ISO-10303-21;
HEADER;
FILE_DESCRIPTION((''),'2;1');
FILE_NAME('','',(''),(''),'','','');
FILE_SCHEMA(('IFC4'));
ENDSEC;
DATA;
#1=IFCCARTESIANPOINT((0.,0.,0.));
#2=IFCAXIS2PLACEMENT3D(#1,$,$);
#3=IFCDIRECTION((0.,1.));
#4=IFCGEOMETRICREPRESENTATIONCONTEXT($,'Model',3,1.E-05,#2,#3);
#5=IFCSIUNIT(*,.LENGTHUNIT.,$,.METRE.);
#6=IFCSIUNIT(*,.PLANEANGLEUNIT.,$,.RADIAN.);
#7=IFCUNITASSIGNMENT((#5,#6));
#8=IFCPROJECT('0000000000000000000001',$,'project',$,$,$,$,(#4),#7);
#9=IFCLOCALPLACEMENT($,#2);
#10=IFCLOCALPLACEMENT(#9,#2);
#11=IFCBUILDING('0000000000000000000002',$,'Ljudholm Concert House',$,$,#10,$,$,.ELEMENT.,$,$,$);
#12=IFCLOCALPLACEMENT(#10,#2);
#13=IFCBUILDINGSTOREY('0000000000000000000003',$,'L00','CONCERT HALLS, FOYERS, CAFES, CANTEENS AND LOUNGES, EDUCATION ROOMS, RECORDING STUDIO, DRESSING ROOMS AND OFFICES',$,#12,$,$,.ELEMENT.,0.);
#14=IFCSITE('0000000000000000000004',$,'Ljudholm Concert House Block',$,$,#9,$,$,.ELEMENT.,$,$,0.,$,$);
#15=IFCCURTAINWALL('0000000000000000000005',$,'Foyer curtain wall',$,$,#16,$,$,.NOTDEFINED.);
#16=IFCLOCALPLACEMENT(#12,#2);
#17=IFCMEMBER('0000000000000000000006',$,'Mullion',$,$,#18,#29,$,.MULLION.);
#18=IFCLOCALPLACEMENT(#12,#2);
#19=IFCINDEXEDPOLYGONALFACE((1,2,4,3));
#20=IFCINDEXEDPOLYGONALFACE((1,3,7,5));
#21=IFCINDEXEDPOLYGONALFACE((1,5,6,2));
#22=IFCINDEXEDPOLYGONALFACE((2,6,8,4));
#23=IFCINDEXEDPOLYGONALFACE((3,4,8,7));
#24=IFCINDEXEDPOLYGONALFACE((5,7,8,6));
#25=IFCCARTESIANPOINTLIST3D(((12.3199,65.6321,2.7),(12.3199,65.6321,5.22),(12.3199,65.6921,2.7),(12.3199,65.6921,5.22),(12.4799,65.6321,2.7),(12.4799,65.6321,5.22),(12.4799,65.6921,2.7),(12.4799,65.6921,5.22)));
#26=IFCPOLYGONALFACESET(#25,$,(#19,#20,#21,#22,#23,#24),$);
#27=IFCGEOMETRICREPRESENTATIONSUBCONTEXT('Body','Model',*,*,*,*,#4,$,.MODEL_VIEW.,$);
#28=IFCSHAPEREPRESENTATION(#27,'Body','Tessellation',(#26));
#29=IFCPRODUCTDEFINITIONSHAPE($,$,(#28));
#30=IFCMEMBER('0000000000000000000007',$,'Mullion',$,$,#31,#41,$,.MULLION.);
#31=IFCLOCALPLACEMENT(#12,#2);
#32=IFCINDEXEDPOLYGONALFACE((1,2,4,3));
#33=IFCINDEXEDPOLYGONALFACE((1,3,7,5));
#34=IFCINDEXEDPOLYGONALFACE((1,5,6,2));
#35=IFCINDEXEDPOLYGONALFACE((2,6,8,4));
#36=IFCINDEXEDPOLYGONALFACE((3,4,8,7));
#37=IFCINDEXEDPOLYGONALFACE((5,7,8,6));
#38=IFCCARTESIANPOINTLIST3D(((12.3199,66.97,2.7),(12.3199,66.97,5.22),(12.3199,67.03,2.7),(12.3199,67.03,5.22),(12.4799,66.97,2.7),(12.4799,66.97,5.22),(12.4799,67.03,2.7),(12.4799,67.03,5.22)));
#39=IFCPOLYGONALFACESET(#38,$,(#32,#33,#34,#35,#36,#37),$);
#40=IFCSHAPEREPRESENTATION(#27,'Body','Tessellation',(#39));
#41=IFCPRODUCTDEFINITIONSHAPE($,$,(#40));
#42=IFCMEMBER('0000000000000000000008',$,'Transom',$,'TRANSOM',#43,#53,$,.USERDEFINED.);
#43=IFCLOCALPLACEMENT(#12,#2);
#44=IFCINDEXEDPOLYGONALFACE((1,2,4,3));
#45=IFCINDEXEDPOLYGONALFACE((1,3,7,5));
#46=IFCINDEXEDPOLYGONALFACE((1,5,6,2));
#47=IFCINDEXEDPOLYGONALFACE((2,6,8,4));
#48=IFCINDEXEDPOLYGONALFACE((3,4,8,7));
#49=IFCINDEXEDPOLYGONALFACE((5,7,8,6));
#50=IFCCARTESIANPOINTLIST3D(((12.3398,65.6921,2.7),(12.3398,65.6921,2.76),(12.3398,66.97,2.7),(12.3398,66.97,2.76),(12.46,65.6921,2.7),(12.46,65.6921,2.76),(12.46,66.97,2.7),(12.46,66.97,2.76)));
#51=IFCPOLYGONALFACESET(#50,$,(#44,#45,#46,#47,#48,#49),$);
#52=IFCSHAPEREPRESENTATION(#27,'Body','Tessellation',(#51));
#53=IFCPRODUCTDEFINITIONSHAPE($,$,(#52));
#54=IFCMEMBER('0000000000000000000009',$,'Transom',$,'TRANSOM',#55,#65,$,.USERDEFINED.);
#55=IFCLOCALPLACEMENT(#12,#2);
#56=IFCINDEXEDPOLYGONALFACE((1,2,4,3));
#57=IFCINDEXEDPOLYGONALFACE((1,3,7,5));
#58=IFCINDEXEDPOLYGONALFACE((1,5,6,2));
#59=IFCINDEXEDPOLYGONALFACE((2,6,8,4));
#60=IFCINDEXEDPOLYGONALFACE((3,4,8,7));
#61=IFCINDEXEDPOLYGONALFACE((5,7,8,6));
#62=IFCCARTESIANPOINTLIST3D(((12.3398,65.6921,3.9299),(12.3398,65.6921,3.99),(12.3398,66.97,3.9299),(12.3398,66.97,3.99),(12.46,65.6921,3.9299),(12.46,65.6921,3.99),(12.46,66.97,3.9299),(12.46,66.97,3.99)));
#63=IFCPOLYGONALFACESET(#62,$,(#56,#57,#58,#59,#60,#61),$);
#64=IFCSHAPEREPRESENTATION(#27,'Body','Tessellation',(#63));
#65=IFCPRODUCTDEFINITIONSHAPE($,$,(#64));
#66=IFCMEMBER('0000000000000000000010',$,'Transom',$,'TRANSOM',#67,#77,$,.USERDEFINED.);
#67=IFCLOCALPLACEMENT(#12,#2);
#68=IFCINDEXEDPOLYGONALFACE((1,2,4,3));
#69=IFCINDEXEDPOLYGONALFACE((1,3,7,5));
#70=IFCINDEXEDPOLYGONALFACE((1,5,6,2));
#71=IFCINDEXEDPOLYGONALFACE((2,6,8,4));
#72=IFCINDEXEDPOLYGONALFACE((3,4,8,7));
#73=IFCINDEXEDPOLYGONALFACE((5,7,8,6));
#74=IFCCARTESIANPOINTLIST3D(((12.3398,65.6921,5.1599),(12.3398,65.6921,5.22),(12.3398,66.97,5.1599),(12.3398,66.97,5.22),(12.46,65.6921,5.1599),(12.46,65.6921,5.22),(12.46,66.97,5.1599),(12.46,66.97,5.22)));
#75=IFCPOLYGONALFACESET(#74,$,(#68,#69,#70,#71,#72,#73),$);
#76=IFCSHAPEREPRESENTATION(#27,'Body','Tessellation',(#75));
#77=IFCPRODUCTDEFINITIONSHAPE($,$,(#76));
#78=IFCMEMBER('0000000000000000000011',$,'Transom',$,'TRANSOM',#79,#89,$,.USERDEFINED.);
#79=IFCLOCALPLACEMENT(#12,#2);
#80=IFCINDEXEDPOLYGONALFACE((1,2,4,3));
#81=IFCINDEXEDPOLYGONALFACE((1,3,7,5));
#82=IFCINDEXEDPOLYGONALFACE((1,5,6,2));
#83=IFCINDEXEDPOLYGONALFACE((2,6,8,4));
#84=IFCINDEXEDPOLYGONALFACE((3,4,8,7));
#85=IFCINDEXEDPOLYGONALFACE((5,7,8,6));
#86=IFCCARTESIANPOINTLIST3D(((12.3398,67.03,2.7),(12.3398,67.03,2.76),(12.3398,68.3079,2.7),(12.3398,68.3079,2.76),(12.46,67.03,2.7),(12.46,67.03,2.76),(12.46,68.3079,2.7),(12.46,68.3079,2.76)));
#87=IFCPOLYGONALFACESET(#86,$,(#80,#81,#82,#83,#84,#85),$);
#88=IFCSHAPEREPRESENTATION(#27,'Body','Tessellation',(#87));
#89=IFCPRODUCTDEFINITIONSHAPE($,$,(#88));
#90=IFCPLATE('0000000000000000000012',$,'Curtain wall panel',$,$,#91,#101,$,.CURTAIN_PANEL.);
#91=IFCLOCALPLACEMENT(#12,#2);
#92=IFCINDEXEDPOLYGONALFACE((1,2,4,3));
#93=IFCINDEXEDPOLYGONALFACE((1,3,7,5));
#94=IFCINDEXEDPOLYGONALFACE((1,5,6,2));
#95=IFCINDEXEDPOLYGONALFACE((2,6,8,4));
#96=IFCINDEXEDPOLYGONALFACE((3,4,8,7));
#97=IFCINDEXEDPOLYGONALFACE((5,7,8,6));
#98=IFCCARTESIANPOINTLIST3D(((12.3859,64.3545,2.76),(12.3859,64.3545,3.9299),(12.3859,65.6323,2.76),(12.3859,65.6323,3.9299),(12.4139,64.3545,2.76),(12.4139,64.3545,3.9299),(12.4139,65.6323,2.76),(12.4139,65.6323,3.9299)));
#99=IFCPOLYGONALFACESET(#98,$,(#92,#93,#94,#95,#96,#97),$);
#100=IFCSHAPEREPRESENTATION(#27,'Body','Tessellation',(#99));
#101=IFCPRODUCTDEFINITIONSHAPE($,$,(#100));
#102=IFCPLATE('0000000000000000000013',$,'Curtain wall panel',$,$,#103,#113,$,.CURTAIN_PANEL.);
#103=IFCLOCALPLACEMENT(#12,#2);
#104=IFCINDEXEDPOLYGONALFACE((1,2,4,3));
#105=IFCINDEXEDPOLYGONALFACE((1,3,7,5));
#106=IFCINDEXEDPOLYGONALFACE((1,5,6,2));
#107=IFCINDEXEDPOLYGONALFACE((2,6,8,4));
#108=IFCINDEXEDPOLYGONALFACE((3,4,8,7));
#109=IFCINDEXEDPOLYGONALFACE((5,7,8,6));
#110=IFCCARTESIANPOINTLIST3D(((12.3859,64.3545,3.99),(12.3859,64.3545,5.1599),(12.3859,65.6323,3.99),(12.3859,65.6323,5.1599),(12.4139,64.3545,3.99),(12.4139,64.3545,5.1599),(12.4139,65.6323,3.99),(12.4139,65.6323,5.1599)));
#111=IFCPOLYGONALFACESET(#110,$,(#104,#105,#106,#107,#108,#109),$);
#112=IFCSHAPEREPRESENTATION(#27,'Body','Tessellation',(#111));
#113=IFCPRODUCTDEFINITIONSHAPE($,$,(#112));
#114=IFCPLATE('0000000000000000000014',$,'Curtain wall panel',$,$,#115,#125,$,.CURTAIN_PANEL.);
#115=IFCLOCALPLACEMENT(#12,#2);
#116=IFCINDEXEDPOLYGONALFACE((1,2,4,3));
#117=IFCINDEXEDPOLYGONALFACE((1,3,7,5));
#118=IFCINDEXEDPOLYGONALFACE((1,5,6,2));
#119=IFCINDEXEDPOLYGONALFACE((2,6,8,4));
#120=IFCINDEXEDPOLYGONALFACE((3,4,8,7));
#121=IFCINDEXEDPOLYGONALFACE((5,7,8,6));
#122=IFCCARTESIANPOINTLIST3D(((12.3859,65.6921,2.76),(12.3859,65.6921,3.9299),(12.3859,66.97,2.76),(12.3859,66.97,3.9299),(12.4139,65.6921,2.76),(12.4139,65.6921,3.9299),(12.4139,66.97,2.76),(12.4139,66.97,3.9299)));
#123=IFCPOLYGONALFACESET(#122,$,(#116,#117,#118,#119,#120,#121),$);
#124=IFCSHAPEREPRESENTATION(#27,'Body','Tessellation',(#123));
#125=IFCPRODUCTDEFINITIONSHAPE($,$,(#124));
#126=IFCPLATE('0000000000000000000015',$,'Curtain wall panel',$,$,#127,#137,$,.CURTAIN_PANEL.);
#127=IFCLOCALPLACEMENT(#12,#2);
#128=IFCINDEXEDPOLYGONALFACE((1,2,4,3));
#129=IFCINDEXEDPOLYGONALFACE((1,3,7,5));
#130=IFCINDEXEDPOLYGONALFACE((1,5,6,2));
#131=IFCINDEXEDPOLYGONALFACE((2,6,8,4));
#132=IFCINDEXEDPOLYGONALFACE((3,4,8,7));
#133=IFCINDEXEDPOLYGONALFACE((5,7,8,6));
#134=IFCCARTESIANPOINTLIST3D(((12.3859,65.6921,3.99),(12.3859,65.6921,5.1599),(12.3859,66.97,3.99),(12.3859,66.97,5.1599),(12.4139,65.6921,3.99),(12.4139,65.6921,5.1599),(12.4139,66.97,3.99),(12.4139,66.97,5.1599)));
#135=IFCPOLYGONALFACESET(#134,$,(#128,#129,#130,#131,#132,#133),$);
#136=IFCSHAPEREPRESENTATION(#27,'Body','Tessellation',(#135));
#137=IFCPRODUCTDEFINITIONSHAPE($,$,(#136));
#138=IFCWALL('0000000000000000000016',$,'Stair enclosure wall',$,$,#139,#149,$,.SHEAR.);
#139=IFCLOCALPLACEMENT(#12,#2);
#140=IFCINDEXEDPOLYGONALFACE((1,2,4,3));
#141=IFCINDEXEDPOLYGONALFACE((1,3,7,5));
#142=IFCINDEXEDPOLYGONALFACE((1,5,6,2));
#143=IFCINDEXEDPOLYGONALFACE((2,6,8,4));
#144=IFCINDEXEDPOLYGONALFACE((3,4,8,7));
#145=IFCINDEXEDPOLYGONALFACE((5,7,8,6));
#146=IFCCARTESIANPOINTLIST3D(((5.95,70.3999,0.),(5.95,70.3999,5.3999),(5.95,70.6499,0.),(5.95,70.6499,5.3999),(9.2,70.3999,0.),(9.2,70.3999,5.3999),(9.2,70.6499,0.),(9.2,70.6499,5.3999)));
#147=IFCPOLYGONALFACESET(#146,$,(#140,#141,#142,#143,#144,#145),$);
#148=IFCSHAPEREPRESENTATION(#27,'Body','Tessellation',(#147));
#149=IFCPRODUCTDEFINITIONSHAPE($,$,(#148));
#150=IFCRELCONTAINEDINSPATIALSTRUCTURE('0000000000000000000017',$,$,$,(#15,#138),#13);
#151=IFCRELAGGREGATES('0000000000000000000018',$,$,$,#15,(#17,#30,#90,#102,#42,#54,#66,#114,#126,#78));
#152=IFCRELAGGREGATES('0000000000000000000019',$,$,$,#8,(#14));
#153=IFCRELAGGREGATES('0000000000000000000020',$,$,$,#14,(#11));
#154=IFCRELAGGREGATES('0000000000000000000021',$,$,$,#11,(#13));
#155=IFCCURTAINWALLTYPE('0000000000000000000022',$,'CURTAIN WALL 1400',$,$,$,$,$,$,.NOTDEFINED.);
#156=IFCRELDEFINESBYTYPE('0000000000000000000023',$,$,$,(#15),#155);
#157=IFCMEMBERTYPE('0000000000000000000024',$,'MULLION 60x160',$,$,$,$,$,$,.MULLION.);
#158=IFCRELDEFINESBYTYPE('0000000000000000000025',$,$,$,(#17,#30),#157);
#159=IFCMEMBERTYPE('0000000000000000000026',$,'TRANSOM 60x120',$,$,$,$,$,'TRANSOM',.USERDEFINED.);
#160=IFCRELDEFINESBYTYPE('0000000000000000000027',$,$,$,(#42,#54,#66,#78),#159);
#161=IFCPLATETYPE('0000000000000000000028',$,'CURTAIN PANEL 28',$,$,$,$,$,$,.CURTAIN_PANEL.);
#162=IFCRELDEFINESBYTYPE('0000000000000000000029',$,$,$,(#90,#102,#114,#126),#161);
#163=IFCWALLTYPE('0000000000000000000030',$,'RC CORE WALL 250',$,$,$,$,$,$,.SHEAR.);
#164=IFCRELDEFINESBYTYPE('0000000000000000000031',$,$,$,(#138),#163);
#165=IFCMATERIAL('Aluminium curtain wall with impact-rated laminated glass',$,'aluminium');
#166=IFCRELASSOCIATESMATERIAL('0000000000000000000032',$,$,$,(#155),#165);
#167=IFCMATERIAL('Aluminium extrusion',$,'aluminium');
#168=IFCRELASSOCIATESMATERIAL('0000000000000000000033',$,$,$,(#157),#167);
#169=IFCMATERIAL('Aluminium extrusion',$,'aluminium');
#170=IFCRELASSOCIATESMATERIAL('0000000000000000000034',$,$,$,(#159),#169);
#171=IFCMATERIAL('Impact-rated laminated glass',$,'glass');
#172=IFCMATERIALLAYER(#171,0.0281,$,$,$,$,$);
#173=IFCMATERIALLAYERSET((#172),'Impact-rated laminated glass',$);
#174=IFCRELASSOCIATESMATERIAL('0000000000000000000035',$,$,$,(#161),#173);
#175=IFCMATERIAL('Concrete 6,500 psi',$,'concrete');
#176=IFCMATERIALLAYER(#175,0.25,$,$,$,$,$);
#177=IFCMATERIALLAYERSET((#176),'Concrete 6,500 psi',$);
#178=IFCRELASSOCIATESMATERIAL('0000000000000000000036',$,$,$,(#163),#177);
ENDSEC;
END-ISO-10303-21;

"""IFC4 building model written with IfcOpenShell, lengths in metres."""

from ifc_helpers import new_model, si_unit, direction, frame, frame_2d, origin, origin_2d, place, context, subcontext, project, spatial, rectangle, extrude, material, layer, layer_set, material_profile, profile_set, type_object, element, aggregate, save


model = new_model("IFC4")

# Units and contexts
model_context = context("Model", 3, precision=1e-05, world=origin(), true_north=direction((0.0, 1.0)))
body_context = subcontext(model_context, "Body", "Model", "MODEL_VIEW")
ifc_project = project(units=[si_unit("LENGTHUNIT", "METRE"), si_unit("PLANEANGLEUNIT", "RADIAN")], contexts=[model_context])

# Site, building, storey
site_placement = place(None, origin())
site = spatial("IfcSite", under=ifc_project, at=site_placement, Name="Ljudholm Concert House Block", CompositionType="ELEMENT", RefElevation=0.0)
building_placement = place(site_placement, origin())
building = spatial("IfcBuilding", under=site, at=building_placement, Name="Ljudholm Concert House", CompositionType="ELEMENT")
storey_placement = place(building_placement, origin())
storey = spatial("IfcBuildingStorey", under=building, at=storey_placement, Name="L00", Description="CONCERT HALLS, FOYERS, CAFES, CANTEENS AND LOUNGES, EDUCATION ROOMS, RECORDING STUDIO, DRESSING ROOMS AND OFFICES", CompositionType="ELEMENT", Elevation=0.0)

# Curtain wall, members, plates
ifc_material_1 = material(Name="Aluminium curtain wall with impact-rated laminated glass", Category="aluminium")
curtain_wall_type = type_object("IfcCurtainWallType", Name="CURTAIN WALL 1400", PredefinedType="NOTDEFINED", material=ifc_material_1)
curtain_wall_placement = place(storey_placement, origin())
curtain_wall = element("IfcCurtainWall", 1, at=curtain_wall_placement, inside=storey, type_object=curtain_wall_type, Name="Foyer curtain wall", PredefinedType="NOTDEFINED")
ifc_material_2 = material(Name="Aluminium extrusion", Category="aluminium")
ifc_material_profile_1 = material_profile(ifc_material_2, rectangle(XDim=0.1599, YDim=0.0601, at=origin_2d()), Name="MULLION 60x160")
ifc_profile_set_1 = profile_set([ifc_material_profile_1], Name="Aluminium extrusion")
member_type_1 = type_object("IfcMemberType", Name="MULLION 60x160", PredefinedType="MULLION", material=ifc_profile_set_1)
member_1_placement = place(storey_placement, frame((12.3999, 65.6621, 2.7), z_axis=(0.0, 0.0, 1.0), x_axis=(-1.0, 0.0, 0.0)))
member_1 = element("IfcMember", 2, at=member_1_placement, type_object=member_type_1, Name="Mullion", PredefinedType="MULLION", context=body_context, shape_type="SweptSolid", body=[
    extrude(rectangle(XDim=0.1599, YDim=0.0601, at=origin_2d()), origin(), (0.0, 0.0, 1.0), 2.52),
])
member_2_placement = place(storey_placement, frame((12.3999, 67.0, 2.7), z_axis=(0.0, 0.0, 1.0), x_axis=(-1.0, 0.0, 0.0)))
member_2 = element("IfcMember", 3, at=member_2_placement, type_object=member_type_1, Name="Mullion", PredefinedType="MULLION", context=body_context, shape_type="SweptSolid", body=[
    extrude(rectangle(XDim=0.1599, YDim=0.0601, at=origin_2d()), origin(), (0.0, 0.0, 1.0), 2.52),
])
ifc_material_3 = material(Name="Aluminium extrusion", Category="aluminium")
ifc_material_profile_2 = material_profile(ifc_material_3, rectangle(XDim=0.1201, YDim=0.0601, at=origin_2d()), Name="TRANSOM 60x120")
ifc_profile_set_2 = profile_set([ifc_material_profile_2], Name="Aluminium extrusion")
member_type_2 = type_object("IfcMemberType", Name="TRANSOM 60x120", ElementType="TRANSOM", PredefinedType="USERDEFINED", material=ifc_profile_set_2)
member_3_placement = place(storey_placement, frame((12.3999, 65.6921, 2.73), z_axis=(0.0, 1.0, 0.0), x_axis=(-1.0, 0.0, 0.0)))
member_3 = element("IfcMember", 4, at=member_3_placement, type_object=member_type_2, Name="Transom", ObjectType="TRANSOM", PredefinedType="USERDEFINED", context=body_context, shape_type="SweptSolid", body=[
    extrude(rectangle(XDim=0.1201, YDim=0.0601, at=origin_2d()), origin(), (0.0, 0.0, 1.0), 1.2778),
])
member_4_placement = place(storey_placement, frame((12.3999, 65.6921, 3.96), z_axis=(0.0, 1.0, 0.0), x_axis=(-1.0, 0.0, 0.0)))
member_4 = element("IfcMember", 5, at=member_4_placement, type_object=member_type_2, Name="Transom", ObjectType="TRANSOM", PredefinedType="USERDEFINED", context=body_context, shape_type="SweptSolid", body=[
    extrude(rectangle(XDim=0.1201, YDim=0.0601, at=origin_2d()), origin(), (0.0, 0.0, 1.0), 1.2778),
])
member_5_placement = place(storey_placement, frame((12.3999, 65.6921, 5.1899), z_axis=(0.0, 1.0, 0.0), x_axis=(-1.0, 0.0, 0.0)))
member_5 = element("IfcMember", 6, at=member_5_placement, type_object=member_type_2, Name="Transom", ObjectType="TRANSOM", PredefinedType="USERDEFINED", context=body_context, shape_type="SweptSolid", body=[
    extrude(rectangle(XDim=0.1201, YDim=0.0601, at=origin_2d()), origin(), (0.0, 0.0, 1.0), 1.2778),
])
member_6_placement = place(storey_placement, frame((12.3999, 67.03, 2.73), z_axis=(0.0, 1.0, 0.0), x_axis=(-1.0, 0.0, 0.0)))
member_6 = element("IfcMember", 7, at=member_6_placement, type_object=member_type_2, Name="Transom", ObjectType="TRANSOM", PredefinedType="USERDEFINED", context=body_context, shape_type="SweptSolid", body=[
    extrude(rectangle(XDim=0.1201, YDim=0.0601, at=origin_2d()), origin(), (0.0, 0.0, 1.0), 1.2778),
])
ifc_material_4 = material(Name="Impact-rated laminated glass", Category="glass")
ifc_layer_1 = layer(ifc_material_4, 0.0281)
ifc_layer_set_1 = layer_set([ifc_layer_1], Name="Impact-rated laminated glass")
plate_type = type_object("IfcPlateType", Name="CURTAIN PANEL 28", PredefinedType="CURTAIN_PANEL", material=ifc_layer_set_1)
plate_1_placement = place(storey_placement, frame((12.3999, 64.9934, 2.76), z_axis=(0.0, 0.0, 1.0), x_axis=(0.0, 1.0, 0.0)))
plate_1 = element("IfcPlate", 8, at=plate_1_placement, type_object=plate_type, Name="Curtain wall panel", PredefinedType="CURTAIN_PANEL", context=body_context, shape_type="SweptSolid", body=[
    extrude(rectangle(XDim=1.2778, YDim=0.0281, at=origin_2d()), origin(), (0.0, 0.0, 1.0), 1.1699),
])
plate_2_placement = place(storey_placement, frame((12.3999, 64.9934, 3.99), z_axis=(0.0, 0.0, 1.0), x_axis=(0.0, 1.0, 0.0)))
plate_2 = element("IfcPlate", 9, at=plate_2_placement, type_object=plate_type, Name="Curtain wall panel", PredefinedType="CURTAIN_PANEL", context=body_context, shape_type="SweptSolid", body=[
    extrude(rectangle(XDim=1.2778, YDim=0.0281, at=origin_2d()), origin(), (0.0, 0.0, 1.0), 1.1699),
])
plate_3_placement = place(storey_placement, frame((12.3999, 66.3311, 2.76), z_axis=(0.0, 0.0, 1.0), x_axis=(0.0, 1.0, 0.0)))
plate_3 = element("IfcPlate", 10, at=plate_3_placement, type_object=plate_type, Name="Curtain wall panel", PredefinedType="CURTAIN_PANEL", context=body_context, shape_type="SweptSolid", body=[
    extrude(rectangle(XDim=1.2778, YDim=0.0281, at=origin_2d()), origin(), (0.0, 0.0, 1.0), 1.1699),
])
plate_4_placement = place(storey_placement, frame((12.3999, 66.3311, 3.99), z_axis=(0.0, 0.0, 1.0), x_axis=(0.0, 1.0, 0.0)))
plate_4 = element("IfcPlate", 11, at=plate_4_placement, type_object=plate_type, Name="Curtain wall panel", PredefinedType="CURTAIN_PANEL", context=body_context, shape_type="SweptSolid", body=[
    extrude(rectangle(XDim=1.2778, YDim=0.0281, at=origin_2d()), origin(), (0.0, 0.0, 1.0), 1.1699),
])
aggregate(curtain_wall, [member_1, member_2, plate_1, plate_2, member_3, member_4, member_5, plate_3, plate_4, member_6])

# Wall
ifc_material_5 = material(Name="Concrete 6,500 psi", Category="concrete")
ifc_layer_2 = layer(ifc_material_5, 0.25)
ifc_layer_set_2 = layer_set([ifc_layer_2], Name="Concrete 6,500 psi")
wall_type = type_object("IfcWallType", Name="RC CORE WALL 250", PredefinedType="SHEAR", material=ifc_layer_set_2)
wall_placement = place(storey_placement, frame((5.95, 70.5249, 0.0), z_axis=(0.0, 0.0, 1.0), x_axis=(1.0, 0.0, 0.0)))
element("IfcWall", 12, at=wall_placement, inside=storey, type_object=wall_type, Name="Stair enclosure wall", PredefinedType="SHEAR", context=body_context, shape_type="SweptSolid", body=[
    extrude(rectangle(XDim=3.25, YDim=0.25, at=frame_2d((1.625, 0.0))), origin(), (0.0, 0.0, 1.0), 5.3999),
])

save(model, "model.ifc")
